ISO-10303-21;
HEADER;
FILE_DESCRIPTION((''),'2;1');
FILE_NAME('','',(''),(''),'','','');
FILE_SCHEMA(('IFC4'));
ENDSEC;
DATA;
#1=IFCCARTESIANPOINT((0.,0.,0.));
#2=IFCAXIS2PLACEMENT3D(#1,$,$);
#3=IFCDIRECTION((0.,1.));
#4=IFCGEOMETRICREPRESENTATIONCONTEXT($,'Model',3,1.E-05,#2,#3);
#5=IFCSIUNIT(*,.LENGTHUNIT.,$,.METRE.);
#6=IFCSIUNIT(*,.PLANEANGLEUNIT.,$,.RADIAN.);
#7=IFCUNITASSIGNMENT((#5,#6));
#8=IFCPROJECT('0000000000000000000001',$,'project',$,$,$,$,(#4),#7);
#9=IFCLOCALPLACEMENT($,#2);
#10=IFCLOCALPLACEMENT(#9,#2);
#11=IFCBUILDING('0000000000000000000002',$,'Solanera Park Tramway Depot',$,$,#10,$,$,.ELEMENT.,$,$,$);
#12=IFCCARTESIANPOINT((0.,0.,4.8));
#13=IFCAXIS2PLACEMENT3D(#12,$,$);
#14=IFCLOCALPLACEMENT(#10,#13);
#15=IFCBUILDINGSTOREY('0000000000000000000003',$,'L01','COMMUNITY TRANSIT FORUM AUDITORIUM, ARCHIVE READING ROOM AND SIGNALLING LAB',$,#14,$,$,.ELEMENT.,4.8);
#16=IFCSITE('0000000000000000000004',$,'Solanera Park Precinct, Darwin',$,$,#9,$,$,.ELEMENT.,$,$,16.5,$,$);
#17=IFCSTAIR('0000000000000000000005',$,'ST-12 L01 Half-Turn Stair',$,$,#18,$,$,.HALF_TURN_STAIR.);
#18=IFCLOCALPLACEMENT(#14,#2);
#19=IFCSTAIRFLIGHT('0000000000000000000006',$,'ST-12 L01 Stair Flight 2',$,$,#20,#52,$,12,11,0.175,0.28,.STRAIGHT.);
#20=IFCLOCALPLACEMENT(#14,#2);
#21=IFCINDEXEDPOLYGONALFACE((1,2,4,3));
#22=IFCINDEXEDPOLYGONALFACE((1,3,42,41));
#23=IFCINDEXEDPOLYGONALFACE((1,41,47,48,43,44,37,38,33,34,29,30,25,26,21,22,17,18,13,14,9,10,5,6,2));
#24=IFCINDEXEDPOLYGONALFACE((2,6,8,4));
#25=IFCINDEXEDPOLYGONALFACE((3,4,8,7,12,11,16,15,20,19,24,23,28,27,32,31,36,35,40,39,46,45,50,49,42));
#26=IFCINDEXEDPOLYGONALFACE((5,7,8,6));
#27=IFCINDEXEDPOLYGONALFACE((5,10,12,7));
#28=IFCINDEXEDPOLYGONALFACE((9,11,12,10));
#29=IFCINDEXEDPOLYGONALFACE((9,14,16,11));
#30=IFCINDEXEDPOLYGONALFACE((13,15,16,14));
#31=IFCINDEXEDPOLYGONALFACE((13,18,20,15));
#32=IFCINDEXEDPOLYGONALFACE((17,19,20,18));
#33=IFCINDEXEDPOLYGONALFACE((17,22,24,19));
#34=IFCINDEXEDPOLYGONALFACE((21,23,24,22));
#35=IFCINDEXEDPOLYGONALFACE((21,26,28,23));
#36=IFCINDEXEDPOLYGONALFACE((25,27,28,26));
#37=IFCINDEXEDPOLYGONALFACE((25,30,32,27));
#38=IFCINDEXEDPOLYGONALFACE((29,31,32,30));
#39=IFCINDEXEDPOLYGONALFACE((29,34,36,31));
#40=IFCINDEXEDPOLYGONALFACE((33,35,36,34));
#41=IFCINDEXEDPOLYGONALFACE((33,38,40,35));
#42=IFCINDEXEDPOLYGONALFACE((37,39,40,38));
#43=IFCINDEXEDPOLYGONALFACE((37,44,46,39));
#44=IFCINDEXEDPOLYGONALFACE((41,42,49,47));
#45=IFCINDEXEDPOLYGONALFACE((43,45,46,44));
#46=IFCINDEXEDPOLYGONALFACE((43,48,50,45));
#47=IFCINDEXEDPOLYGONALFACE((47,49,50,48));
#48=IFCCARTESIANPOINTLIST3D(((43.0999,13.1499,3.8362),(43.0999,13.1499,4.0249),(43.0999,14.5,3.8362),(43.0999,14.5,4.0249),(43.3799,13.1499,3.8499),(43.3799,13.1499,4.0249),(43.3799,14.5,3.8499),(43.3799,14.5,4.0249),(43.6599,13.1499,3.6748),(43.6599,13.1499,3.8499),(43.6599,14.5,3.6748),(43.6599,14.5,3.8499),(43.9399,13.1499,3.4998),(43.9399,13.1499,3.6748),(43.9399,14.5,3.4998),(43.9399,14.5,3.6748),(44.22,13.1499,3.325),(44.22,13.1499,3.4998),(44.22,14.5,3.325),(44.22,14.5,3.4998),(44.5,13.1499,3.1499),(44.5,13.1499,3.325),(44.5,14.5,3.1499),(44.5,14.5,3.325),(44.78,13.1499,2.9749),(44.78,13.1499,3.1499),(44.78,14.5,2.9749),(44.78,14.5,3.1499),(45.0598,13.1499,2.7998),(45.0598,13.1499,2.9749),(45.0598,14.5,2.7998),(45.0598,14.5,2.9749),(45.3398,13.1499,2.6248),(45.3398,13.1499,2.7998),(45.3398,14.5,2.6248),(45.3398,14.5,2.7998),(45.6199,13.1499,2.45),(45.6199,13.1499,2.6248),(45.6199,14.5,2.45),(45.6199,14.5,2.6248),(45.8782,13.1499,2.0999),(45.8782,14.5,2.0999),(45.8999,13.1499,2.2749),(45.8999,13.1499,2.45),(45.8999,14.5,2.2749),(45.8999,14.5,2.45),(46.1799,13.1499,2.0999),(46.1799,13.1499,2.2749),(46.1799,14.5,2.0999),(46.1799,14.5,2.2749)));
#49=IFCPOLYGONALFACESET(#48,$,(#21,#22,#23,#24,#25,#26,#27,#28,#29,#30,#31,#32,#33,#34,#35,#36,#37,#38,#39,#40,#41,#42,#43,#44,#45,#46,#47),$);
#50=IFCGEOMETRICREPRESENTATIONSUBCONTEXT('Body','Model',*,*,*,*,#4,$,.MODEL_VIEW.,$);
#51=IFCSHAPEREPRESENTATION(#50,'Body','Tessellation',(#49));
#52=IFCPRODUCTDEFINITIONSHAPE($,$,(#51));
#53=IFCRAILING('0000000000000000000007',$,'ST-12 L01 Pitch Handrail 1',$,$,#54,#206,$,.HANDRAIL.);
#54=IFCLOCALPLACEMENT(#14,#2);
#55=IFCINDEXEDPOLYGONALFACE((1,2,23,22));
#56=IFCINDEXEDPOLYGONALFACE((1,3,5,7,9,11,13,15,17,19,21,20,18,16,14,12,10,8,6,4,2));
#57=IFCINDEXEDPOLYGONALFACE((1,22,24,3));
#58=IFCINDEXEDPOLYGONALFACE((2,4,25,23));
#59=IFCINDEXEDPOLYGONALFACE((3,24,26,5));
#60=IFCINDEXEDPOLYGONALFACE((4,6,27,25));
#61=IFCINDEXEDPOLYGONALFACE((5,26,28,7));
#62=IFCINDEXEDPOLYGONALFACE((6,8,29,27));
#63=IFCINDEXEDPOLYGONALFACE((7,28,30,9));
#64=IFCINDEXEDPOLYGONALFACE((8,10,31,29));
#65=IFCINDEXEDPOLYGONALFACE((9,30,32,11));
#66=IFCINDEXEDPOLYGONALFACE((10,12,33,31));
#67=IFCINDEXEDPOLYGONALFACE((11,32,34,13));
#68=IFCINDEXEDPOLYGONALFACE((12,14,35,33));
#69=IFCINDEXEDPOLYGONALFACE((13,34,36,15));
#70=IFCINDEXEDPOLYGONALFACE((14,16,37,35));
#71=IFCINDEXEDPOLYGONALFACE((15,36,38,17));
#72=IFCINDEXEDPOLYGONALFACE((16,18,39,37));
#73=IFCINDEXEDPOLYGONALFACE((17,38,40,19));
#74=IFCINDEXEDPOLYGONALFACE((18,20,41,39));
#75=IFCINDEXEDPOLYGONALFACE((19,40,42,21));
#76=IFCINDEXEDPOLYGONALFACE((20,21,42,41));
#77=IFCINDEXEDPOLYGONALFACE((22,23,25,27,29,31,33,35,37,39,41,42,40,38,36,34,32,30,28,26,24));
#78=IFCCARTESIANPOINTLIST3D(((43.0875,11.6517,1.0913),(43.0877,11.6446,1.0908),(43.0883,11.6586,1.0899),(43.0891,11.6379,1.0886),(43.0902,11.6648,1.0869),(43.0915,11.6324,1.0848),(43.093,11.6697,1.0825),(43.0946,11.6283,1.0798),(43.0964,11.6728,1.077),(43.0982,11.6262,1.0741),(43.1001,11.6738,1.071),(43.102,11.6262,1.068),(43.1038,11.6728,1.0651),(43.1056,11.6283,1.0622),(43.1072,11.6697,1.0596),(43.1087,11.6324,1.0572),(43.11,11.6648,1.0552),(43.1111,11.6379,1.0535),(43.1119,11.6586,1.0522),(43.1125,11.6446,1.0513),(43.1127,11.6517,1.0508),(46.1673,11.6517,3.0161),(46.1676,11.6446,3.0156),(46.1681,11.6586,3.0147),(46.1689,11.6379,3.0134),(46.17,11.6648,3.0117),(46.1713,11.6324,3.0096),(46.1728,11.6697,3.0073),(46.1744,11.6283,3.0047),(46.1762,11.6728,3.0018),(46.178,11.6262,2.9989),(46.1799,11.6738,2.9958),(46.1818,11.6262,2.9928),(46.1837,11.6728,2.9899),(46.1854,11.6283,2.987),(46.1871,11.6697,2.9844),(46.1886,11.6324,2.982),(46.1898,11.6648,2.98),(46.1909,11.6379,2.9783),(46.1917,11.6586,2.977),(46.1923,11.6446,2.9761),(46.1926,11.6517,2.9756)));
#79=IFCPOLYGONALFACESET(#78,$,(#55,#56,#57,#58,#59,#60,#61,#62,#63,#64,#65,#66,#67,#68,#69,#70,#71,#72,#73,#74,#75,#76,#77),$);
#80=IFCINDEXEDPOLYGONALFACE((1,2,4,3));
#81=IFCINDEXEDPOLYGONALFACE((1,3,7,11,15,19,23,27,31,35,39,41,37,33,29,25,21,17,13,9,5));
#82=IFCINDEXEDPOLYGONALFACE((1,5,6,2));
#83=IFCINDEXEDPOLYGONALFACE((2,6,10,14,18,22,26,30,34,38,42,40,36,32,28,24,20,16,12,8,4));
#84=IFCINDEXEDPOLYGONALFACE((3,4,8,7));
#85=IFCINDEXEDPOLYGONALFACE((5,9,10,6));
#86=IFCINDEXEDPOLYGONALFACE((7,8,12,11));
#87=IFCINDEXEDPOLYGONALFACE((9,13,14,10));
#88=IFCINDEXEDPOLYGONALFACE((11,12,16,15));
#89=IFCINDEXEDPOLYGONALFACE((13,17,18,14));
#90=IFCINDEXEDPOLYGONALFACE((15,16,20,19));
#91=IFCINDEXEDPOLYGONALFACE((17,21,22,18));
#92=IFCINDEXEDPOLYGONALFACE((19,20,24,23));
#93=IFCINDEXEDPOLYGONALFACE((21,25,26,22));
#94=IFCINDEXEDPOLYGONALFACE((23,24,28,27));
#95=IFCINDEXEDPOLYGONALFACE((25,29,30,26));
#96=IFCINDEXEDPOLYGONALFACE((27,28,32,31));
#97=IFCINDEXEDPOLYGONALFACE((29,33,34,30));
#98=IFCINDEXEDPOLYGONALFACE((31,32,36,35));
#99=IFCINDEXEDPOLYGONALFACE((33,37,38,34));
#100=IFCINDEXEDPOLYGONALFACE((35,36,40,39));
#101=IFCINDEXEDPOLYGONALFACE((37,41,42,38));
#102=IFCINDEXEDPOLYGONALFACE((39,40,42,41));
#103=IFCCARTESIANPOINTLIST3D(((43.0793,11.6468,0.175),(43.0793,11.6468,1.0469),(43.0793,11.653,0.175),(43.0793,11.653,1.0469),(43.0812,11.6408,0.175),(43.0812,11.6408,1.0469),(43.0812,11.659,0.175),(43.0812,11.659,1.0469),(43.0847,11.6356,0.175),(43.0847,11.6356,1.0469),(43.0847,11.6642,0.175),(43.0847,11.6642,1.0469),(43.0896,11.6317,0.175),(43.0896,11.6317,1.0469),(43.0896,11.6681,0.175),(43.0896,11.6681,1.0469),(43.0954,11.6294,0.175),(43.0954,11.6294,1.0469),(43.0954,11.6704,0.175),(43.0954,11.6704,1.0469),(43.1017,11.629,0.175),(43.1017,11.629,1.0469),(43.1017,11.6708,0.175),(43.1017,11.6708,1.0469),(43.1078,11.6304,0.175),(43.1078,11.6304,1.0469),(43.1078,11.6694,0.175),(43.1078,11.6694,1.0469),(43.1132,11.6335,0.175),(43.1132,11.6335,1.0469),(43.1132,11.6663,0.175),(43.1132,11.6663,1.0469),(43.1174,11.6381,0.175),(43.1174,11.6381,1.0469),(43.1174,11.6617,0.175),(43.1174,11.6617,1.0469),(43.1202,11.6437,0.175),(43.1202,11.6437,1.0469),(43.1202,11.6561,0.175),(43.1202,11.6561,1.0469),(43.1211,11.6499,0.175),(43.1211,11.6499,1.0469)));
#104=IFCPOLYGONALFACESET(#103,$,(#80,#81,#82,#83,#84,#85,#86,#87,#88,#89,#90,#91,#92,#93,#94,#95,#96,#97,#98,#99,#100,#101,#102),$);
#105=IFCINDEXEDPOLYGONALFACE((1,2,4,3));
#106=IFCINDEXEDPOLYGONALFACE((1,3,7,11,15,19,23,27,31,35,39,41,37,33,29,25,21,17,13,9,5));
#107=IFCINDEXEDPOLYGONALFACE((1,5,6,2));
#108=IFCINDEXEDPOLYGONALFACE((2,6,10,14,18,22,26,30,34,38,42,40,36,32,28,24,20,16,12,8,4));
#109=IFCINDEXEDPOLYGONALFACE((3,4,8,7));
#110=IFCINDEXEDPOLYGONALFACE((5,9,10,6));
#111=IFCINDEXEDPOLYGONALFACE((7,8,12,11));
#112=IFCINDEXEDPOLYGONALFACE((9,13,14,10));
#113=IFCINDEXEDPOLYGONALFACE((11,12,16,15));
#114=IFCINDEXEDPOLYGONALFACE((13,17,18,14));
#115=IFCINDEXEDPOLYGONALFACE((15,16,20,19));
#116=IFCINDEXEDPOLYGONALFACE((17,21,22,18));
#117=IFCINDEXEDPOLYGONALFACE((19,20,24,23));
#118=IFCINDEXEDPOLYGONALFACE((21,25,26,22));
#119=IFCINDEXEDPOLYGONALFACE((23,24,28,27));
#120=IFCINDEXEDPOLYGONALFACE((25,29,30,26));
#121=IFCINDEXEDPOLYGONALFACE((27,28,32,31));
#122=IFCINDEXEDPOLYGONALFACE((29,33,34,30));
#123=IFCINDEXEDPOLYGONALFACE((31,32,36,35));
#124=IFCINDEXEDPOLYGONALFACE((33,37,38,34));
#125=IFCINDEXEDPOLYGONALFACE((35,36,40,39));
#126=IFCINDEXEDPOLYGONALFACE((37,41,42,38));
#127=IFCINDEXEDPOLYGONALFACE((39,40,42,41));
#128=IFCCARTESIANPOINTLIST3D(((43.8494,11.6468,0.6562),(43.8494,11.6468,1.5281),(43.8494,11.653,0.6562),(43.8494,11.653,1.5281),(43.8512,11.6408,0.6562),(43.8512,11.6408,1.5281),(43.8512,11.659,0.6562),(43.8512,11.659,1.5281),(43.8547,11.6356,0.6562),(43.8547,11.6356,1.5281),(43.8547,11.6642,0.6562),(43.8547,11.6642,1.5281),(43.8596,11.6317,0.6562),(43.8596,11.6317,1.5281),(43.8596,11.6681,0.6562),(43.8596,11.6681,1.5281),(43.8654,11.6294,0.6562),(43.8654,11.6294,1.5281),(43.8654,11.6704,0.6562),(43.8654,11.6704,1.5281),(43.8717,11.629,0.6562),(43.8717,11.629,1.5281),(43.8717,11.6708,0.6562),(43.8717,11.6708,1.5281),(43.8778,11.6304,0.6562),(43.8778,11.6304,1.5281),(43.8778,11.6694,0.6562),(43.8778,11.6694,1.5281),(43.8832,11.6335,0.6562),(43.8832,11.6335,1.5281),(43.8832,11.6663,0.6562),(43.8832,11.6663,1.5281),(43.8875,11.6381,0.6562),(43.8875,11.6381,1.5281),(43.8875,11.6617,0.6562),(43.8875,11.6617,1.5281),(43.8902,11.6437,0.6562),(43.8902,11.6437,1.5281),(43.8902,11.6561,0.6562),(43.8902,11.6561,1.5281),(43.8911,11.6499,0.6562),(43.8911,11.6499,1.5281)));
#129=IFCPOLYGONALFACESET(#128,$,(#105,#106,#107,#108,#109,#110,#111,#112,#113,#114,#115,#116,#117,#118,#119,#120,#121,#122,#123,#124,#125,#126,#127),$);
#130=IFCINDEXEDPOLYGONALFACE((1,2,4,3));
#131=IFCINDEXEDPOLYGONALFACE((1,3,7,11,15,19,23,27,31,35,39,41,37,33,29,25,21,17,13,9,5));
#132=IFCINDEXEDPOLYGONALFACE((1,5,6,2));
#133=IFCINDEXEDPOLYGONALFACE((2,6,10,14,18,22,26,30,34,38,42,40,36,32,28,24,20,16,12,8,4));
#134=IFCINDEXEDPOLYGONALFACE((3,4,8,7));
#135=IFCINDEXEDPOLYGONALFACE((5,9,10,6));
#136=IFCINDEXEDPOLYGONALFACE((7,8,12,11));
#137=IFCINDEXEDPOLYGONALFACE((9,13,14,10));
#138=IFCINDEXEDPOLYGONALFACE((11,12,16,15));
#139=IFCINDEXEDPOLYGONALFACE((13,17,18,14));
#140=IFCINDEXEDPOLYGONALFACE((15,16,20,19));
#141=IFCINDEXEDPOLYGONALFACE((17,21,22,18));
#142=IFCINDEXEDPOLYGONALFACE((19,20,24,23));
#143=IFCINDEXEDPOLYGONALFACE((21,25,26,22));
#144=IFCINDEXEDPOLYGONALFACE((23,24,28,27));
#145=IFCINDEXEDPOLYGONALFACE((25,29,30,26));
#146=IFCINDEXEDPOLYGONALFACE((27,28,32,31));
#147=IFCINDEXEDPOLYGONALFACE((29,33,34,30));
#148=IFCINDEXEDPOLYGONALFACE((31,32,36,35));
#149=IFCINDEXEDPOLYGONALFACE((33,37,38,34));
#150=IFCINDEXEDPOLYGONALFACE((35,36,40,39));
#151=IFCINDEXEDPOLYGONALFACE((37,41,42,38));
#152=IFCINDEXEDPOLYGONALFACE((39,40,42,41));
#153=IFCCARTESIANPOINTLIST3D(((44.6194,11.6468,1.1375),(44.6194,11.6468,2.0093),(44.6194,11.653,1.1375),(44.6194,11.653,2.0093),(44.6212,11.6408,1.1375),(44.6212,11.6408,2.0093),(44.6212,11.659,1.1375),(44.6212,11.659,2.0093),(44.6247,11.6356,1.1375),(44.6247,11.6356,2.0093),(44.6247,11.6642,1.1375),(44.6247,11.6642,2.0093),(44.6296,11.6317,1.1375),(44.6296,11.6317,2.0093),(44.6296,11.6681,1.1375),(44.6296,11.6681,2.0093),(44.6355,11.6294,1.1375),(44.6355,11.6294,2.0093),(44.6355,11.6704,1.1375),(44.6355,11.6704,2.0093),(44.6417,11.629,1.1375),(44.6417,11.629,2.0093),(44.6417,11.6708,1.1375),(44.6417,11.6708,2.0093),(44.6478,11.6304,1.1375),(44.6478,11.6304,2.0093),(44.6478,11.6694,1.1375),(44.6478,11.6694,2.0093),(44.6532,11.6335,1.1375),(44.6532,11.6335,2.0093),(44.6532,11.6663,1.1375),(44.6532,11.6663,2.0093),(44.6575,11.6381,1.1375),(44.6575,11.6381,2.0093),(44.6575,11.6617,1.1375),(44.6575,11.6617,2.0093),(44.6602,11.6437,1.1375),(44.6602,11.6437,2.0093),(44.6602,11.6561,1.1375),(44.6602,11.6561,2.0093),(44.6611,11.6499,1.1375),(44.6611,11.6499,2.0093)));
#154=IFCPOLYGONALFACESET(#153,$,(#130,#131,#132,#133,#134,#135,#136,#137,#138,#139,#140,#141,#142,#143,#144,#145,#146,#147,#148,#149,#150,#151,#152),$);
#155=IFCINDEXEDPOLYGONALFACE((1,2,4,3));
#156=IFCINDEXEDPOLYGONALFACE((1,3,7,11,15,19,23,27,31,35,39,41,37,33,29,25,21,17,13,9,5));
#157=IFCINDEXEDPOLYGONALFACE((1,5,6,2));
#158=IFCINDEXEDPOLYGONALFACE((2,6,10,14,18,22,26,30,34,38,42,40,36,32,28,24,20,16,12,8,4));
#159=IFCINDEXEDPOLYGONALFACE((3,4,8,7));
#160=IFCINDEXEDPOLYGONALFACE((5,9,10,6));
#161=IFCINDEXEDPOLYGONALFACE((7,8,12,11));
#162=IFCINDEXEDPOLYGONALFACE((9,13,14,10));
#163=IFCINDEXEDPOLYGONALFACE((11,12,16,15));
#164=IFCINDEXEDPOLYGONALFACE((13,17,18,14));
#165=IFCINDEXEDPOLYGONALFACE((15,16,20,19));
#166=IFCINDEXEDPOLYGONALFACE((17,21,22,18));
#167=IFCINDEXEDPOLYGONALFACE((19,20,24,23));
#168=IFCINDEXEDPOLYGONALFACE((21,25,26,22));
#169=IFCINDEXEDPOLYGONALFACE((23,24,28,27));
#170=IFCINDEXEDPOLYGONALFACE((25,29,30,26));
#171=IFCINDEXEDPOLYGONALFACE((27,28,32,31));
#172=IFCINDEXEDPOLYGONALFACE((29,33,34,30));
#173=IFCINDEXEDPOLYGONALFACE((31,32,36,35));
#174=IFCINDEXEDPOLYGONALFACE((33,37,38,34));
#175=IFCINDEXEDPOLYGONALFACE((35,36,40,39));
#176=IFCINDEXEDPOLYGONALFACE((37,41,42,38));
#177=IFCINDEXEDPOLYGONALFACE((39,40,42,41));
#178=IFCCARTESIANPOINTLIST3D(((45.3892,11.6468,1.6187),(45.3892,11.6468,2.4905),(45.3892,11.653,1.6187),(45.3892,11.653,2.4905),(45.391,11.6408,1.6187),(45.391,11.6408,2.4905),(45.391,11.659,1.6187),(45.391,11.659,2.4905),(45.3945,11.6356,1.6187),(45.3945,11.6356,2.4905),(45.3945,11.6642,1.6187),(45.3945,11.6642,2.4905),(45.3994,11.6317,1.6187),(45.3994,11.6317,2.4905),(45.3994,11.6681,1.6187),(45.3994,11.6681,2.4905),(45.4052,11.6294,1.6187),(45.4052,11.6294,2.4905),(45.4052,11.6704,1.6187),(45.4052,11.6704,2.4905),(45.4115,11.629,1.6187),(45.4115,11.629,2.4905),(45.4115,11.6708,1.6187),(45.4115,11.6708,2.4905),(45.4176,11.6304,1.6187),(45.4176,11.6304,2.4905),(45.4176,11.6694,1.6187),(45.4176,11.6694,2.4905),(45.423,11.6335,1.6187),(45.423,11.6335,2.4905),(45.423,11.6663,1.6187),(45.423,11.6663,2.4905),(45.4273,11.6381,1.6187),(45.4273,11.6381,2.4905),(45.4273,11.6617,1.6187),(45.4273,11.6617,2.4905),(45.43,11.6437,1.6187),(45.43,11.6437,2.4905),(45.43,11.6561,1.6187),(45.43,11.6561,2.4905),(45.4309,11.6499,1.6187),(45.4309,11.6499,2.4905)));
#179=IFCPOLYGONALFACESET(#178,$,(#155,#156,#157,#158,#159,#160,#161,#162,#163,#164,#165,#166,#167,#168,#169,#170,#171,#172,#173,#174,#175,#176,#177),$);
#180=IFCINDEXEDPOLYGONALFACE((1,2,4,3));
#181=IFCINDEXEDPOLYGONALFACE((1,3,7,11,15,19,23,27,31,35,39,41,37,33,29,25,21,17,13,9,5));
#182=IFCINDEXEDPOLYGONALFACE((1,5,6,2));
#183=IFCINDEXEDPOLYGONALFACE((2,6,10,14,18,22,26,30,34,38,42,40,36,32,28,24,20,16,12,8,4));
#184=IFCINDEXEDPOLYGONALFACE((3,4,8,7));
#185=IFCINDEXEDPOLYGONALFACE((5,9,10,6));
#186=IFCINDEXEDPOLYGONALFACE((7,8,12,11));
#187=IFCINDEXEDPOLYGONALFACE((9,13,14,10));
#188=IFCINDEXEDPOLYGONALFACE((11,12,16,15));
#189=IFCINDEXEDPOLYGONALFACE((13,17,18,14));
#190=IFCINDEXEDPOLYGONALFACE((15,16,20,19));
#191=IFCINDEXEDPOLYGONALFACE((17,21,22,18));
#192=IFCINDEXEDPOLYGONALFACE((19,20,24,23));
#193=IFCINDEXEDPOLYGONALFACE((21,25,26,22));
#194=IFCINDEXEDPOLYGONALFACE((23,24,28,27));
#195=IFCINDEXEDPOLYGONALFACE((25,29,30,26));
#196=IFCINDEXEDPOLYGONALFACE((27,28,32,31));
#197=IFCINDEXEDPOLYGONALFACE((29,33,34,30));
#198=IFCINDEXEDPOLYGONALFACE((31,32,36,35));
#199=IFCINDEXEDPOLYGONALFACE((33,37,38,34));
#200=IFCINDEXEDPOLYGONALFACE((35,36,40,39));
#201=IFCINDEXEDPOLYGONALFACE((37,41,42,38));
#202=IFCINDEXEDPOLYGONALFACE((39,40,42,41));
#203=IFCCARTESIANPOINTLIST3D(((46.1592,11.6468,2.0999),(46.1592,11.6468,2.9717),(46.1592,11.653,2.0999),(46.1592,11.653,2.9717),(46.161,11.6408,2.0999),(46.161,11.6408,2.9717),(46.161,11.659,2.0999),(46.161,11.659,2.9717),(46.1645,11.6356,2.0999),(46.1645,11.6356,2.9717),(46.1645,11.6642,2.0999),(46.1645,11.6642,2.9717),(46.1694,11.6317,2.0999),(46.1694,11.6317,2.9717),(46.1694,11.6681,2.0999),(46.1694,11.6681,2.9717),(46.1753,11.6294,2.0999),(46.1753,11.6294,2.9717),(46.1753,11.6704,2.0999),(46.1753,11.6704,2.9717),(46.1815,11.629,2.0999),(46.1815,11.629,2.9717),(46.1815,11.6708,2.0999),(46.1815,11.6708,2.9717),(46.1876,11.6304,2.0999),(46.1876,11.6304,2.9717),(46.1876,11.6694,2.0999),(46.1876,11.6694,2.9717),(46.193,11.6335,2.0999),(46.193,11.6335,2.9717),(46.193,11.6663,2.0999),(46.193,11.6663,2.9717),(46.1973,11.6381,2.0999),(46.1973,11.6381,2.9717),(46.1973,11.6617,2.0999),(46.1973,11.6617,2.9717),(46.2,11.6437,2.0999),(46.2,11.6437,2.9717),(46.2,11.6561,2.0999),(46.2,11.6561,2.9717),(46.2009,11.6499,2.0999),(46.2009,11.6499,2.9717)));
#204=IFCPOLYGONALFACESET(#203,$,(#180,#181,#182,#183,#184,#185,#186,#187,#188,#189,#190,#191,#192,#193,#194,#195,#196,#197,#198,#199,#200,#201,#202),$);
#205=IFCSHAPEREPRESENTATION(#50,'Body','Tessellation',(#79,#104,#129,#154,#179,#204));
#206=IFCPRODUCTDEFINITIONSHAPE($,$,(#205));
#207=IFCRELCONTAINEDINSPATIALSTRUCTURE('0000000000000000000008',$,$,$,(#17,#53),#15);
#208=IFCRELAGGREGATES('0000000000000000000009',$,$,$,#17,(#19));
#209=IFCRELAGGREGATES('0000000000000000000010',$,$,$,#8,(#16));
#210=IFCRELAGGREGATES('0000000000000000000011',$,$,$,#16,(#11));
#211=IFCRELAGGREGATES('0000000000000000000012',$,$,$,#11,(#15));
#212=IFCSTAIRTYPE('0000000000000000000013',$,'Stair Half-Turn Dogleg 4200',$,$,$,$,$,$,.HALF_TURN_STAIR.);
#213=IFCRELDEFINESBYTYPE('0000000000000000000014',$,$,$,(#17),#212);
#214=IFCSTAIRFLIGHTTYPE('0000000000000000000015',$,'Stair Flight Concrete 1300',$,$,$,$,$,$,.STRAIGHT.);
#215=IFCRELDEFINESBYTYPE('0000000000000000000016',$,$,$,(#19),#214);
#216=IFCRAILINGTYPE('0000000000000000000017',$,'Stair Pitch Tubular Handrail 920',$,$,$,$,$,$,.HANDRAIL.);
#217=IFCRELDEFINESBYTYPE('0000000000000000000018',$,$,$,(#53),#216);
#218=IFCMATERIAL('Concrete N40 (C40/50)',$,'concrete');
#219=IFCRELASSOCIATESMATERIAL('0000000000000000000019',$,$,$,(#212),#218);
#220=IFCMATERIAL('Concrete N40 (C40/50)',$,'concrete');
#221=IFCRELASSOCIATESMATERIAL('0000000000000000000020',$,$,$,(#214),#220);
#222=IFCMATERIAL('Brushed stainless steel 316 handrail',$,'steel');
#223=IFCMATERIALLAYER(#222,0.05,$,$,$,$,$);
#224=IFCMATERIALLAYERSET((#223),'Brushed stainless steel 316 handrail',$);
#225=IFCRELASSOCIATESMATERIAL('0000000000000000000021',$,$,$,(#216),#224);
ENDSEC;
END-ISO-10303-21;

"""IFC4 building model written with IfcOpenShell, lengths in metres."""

from ifc_helpers import new_model, si_unit, direction, frame, origin, origin_2d, place, context, subcontext, project, spatial, polyline, circle, outline, extrude, material, layer, layer_set, type_object, element, aggregate, save


model = new_model("IFC4")

# Units and contexts
model_context = context("Model", 3, precision=1e-05, world=origin(), true_north=direction((0.0, 1.0)))
body_context = subcontext(model_context, "Body", "Model", "MODEL_VIEW")
ifc_project = project(units=[si_unit("LENGTHUNIT", "METRE"), si_unit("PLANEANGLEUNIT", "RADIAN")], contexts=[model_context])

# Site, building, storey
site_placement = place(None, origin())
site = spatial("IfcSite", under=ifc_project, at=site_placement, Name="Solanera Park Precinct, Darwin", CompositionType="ELEMENT", RefElevation=16.5)
building_placement = place(site_placement, origin())
building = spatial("IfcBuilding", under=site, at=building_placement, Name="Solanera Park Tramway Depot", CompositionType="ELEMENT")
storey_placement = place(building_placement, frame((0.0, 0.0, 4.8)))
storey = spatial("IfcBuildingStorey", under=building, at=storey_placement, Name="L01", Description="COMMUNITY TRANSIT FORUM AUDITORIUM, ARCHIVE READING ROOM AND SIGNALLING LAB", CompositionType="ELEMENT", Elevation=4.8)

# Stair, stair flight
ifc_material_1 = material(Name="Concrete N40 (C40/50)", Category="concrete")
stair_type = type_object("IfcStairType", Name="Stair Half-Turn Dogleg 4200", PredefinedType="HALF_TURN_STAIR", material=ifc_material_1)
stair_placement = place(storey_placement, origin())
stair = element("IfcStair", 1, at=stair_placement, inside=storey, type_object=stair_type, Name="ST-12 L01 Half-Turn Stair", PredefinedType="HALF_TURN_STAIR")
ifc_material_2 = material(Name="Concrete N40 (C40/50)", Category="concrete")
stair_flight_type = type_object("IfcStairFlightType", Name="Stair Flight Concrete 1300", PredefinedType="STRAIGHT", material=ifc_material_2)
stair_flight_1_placement = place(storey_placement, frame((46.1799, 13.825, 2.0999), z_axis=(0.0, 0.0, 1.0), x_axis=(-1.0, 0.0, 0.0)))
stair_flight_1 = element("IfcStairFlight", 2, at=stair_flight_1_placement, type_object=stair_flight_type, Name="ST-12 L01 Stair Flight 2", NumberOfRisers=12, NumberOfTreads=11, PredefinedType="STRAIGHT", RiserHeight=0.175, TreadLength=0.28, context=body_context, shape_type="SweptSolid", body=[
    extrude(outline(polyline([(0.0, 0.0), (0.0, 0.175), (0.28, 0.175), (0.28, 0.3501), (0.5601, 0.3501), (0.5601, 0.5249), (0.8401, 0.5249), (0.8401, 0.7), (1.1201, 0.7), (1.1201, 0.875), (1.3999, 0.875), (1.3999, 1.05), (1.6799, 1.05), (1.6799, 1.2251), (1.96, 1.2251), (1.96, 1.3999), (2.24, 1.3999), (2.24, 1.575), (2.52, 1.575), (2.52, 1.75), (2.8, 1.75), (2.8, 1.925), (3.0801, 1.925), (3.0801, 2.1001), (3.0801, 1.7363), (0.3018, 0.0), (0.0, 0.0)])), frame((0.0, 0.675, 0.0), z_axis=(0.0, -1.0, 0.0), x_axis=(1.0, 0.0, 0.0)), (0.0, 0.0, 1.0), 1.3501),
])
aggregate(stair, [stair_flight_1])

# Railing
ifc_material_3 = material(Name="Brushed stainless steel 316 handrail", Category="steel")
ifc_layer_1 = layer(ifc_material_3, 0.05)
ifc_layer_set_1 = layer_set([ifc_layer_1], Name="Brushed stainless steel 316 handrail")
railing_type_1 = type_object("IfcRailingType", Name="Stair Pitch Tubular Handrail 920", PredefinedType="HANDRAIL", material=ifc_layer_set_1)
railing_1_placement = place(storey_placement, frame((43.1001, 11.6499, 0.175)))
element("IfcRailing", 3, at=railing_1_placement, inside=storey, type_object=railing_type_1, Name="ST-12 L01 Pitch Handrail 1", PredefinedType="HANDRAIL", context=body_context, shape_type="SweptSolid", body=[
    extrude(circle(Radius=0.0239, at=origin_2d()), frame((0.0, 0.0, 0.896), z_axis=(0.84801, 0.0, 0.529981), x_axis=(0.0, 1.0, 0.0)), (0.0, 0.0, 1.0), 3.6318),
    extrude(circle(Radius=0.021, at=origin_2d()), origin(), (0.0, 0.0, 1.0), 0.8718),
    extrude(circle(Radius=0.021, at=origin_2d()), frame((0.77, 0.0, 0.4812)), (0.0, 0.0, 1.0), 0.8718),
    extrude(circle(Radius=0.021, at=origin_2d()), frame((1.54, 0.0, 0.9624)), (0.0, 0.0, 1.0), 0.8718),
    extrude(circle(Radius=0.021, at=origin_2d()), frame((2.3098, 0.0, 1.4436)), (0.0, 0.0, 1.0), 0.8718),
    extrude(circle(Radius=0.021, at=origin_2d()), frame((3.0798, 0.0, 1.9248)), (0.0, 0.0, 1.0), 0.8718),
])

save(model, "model.ifc")
